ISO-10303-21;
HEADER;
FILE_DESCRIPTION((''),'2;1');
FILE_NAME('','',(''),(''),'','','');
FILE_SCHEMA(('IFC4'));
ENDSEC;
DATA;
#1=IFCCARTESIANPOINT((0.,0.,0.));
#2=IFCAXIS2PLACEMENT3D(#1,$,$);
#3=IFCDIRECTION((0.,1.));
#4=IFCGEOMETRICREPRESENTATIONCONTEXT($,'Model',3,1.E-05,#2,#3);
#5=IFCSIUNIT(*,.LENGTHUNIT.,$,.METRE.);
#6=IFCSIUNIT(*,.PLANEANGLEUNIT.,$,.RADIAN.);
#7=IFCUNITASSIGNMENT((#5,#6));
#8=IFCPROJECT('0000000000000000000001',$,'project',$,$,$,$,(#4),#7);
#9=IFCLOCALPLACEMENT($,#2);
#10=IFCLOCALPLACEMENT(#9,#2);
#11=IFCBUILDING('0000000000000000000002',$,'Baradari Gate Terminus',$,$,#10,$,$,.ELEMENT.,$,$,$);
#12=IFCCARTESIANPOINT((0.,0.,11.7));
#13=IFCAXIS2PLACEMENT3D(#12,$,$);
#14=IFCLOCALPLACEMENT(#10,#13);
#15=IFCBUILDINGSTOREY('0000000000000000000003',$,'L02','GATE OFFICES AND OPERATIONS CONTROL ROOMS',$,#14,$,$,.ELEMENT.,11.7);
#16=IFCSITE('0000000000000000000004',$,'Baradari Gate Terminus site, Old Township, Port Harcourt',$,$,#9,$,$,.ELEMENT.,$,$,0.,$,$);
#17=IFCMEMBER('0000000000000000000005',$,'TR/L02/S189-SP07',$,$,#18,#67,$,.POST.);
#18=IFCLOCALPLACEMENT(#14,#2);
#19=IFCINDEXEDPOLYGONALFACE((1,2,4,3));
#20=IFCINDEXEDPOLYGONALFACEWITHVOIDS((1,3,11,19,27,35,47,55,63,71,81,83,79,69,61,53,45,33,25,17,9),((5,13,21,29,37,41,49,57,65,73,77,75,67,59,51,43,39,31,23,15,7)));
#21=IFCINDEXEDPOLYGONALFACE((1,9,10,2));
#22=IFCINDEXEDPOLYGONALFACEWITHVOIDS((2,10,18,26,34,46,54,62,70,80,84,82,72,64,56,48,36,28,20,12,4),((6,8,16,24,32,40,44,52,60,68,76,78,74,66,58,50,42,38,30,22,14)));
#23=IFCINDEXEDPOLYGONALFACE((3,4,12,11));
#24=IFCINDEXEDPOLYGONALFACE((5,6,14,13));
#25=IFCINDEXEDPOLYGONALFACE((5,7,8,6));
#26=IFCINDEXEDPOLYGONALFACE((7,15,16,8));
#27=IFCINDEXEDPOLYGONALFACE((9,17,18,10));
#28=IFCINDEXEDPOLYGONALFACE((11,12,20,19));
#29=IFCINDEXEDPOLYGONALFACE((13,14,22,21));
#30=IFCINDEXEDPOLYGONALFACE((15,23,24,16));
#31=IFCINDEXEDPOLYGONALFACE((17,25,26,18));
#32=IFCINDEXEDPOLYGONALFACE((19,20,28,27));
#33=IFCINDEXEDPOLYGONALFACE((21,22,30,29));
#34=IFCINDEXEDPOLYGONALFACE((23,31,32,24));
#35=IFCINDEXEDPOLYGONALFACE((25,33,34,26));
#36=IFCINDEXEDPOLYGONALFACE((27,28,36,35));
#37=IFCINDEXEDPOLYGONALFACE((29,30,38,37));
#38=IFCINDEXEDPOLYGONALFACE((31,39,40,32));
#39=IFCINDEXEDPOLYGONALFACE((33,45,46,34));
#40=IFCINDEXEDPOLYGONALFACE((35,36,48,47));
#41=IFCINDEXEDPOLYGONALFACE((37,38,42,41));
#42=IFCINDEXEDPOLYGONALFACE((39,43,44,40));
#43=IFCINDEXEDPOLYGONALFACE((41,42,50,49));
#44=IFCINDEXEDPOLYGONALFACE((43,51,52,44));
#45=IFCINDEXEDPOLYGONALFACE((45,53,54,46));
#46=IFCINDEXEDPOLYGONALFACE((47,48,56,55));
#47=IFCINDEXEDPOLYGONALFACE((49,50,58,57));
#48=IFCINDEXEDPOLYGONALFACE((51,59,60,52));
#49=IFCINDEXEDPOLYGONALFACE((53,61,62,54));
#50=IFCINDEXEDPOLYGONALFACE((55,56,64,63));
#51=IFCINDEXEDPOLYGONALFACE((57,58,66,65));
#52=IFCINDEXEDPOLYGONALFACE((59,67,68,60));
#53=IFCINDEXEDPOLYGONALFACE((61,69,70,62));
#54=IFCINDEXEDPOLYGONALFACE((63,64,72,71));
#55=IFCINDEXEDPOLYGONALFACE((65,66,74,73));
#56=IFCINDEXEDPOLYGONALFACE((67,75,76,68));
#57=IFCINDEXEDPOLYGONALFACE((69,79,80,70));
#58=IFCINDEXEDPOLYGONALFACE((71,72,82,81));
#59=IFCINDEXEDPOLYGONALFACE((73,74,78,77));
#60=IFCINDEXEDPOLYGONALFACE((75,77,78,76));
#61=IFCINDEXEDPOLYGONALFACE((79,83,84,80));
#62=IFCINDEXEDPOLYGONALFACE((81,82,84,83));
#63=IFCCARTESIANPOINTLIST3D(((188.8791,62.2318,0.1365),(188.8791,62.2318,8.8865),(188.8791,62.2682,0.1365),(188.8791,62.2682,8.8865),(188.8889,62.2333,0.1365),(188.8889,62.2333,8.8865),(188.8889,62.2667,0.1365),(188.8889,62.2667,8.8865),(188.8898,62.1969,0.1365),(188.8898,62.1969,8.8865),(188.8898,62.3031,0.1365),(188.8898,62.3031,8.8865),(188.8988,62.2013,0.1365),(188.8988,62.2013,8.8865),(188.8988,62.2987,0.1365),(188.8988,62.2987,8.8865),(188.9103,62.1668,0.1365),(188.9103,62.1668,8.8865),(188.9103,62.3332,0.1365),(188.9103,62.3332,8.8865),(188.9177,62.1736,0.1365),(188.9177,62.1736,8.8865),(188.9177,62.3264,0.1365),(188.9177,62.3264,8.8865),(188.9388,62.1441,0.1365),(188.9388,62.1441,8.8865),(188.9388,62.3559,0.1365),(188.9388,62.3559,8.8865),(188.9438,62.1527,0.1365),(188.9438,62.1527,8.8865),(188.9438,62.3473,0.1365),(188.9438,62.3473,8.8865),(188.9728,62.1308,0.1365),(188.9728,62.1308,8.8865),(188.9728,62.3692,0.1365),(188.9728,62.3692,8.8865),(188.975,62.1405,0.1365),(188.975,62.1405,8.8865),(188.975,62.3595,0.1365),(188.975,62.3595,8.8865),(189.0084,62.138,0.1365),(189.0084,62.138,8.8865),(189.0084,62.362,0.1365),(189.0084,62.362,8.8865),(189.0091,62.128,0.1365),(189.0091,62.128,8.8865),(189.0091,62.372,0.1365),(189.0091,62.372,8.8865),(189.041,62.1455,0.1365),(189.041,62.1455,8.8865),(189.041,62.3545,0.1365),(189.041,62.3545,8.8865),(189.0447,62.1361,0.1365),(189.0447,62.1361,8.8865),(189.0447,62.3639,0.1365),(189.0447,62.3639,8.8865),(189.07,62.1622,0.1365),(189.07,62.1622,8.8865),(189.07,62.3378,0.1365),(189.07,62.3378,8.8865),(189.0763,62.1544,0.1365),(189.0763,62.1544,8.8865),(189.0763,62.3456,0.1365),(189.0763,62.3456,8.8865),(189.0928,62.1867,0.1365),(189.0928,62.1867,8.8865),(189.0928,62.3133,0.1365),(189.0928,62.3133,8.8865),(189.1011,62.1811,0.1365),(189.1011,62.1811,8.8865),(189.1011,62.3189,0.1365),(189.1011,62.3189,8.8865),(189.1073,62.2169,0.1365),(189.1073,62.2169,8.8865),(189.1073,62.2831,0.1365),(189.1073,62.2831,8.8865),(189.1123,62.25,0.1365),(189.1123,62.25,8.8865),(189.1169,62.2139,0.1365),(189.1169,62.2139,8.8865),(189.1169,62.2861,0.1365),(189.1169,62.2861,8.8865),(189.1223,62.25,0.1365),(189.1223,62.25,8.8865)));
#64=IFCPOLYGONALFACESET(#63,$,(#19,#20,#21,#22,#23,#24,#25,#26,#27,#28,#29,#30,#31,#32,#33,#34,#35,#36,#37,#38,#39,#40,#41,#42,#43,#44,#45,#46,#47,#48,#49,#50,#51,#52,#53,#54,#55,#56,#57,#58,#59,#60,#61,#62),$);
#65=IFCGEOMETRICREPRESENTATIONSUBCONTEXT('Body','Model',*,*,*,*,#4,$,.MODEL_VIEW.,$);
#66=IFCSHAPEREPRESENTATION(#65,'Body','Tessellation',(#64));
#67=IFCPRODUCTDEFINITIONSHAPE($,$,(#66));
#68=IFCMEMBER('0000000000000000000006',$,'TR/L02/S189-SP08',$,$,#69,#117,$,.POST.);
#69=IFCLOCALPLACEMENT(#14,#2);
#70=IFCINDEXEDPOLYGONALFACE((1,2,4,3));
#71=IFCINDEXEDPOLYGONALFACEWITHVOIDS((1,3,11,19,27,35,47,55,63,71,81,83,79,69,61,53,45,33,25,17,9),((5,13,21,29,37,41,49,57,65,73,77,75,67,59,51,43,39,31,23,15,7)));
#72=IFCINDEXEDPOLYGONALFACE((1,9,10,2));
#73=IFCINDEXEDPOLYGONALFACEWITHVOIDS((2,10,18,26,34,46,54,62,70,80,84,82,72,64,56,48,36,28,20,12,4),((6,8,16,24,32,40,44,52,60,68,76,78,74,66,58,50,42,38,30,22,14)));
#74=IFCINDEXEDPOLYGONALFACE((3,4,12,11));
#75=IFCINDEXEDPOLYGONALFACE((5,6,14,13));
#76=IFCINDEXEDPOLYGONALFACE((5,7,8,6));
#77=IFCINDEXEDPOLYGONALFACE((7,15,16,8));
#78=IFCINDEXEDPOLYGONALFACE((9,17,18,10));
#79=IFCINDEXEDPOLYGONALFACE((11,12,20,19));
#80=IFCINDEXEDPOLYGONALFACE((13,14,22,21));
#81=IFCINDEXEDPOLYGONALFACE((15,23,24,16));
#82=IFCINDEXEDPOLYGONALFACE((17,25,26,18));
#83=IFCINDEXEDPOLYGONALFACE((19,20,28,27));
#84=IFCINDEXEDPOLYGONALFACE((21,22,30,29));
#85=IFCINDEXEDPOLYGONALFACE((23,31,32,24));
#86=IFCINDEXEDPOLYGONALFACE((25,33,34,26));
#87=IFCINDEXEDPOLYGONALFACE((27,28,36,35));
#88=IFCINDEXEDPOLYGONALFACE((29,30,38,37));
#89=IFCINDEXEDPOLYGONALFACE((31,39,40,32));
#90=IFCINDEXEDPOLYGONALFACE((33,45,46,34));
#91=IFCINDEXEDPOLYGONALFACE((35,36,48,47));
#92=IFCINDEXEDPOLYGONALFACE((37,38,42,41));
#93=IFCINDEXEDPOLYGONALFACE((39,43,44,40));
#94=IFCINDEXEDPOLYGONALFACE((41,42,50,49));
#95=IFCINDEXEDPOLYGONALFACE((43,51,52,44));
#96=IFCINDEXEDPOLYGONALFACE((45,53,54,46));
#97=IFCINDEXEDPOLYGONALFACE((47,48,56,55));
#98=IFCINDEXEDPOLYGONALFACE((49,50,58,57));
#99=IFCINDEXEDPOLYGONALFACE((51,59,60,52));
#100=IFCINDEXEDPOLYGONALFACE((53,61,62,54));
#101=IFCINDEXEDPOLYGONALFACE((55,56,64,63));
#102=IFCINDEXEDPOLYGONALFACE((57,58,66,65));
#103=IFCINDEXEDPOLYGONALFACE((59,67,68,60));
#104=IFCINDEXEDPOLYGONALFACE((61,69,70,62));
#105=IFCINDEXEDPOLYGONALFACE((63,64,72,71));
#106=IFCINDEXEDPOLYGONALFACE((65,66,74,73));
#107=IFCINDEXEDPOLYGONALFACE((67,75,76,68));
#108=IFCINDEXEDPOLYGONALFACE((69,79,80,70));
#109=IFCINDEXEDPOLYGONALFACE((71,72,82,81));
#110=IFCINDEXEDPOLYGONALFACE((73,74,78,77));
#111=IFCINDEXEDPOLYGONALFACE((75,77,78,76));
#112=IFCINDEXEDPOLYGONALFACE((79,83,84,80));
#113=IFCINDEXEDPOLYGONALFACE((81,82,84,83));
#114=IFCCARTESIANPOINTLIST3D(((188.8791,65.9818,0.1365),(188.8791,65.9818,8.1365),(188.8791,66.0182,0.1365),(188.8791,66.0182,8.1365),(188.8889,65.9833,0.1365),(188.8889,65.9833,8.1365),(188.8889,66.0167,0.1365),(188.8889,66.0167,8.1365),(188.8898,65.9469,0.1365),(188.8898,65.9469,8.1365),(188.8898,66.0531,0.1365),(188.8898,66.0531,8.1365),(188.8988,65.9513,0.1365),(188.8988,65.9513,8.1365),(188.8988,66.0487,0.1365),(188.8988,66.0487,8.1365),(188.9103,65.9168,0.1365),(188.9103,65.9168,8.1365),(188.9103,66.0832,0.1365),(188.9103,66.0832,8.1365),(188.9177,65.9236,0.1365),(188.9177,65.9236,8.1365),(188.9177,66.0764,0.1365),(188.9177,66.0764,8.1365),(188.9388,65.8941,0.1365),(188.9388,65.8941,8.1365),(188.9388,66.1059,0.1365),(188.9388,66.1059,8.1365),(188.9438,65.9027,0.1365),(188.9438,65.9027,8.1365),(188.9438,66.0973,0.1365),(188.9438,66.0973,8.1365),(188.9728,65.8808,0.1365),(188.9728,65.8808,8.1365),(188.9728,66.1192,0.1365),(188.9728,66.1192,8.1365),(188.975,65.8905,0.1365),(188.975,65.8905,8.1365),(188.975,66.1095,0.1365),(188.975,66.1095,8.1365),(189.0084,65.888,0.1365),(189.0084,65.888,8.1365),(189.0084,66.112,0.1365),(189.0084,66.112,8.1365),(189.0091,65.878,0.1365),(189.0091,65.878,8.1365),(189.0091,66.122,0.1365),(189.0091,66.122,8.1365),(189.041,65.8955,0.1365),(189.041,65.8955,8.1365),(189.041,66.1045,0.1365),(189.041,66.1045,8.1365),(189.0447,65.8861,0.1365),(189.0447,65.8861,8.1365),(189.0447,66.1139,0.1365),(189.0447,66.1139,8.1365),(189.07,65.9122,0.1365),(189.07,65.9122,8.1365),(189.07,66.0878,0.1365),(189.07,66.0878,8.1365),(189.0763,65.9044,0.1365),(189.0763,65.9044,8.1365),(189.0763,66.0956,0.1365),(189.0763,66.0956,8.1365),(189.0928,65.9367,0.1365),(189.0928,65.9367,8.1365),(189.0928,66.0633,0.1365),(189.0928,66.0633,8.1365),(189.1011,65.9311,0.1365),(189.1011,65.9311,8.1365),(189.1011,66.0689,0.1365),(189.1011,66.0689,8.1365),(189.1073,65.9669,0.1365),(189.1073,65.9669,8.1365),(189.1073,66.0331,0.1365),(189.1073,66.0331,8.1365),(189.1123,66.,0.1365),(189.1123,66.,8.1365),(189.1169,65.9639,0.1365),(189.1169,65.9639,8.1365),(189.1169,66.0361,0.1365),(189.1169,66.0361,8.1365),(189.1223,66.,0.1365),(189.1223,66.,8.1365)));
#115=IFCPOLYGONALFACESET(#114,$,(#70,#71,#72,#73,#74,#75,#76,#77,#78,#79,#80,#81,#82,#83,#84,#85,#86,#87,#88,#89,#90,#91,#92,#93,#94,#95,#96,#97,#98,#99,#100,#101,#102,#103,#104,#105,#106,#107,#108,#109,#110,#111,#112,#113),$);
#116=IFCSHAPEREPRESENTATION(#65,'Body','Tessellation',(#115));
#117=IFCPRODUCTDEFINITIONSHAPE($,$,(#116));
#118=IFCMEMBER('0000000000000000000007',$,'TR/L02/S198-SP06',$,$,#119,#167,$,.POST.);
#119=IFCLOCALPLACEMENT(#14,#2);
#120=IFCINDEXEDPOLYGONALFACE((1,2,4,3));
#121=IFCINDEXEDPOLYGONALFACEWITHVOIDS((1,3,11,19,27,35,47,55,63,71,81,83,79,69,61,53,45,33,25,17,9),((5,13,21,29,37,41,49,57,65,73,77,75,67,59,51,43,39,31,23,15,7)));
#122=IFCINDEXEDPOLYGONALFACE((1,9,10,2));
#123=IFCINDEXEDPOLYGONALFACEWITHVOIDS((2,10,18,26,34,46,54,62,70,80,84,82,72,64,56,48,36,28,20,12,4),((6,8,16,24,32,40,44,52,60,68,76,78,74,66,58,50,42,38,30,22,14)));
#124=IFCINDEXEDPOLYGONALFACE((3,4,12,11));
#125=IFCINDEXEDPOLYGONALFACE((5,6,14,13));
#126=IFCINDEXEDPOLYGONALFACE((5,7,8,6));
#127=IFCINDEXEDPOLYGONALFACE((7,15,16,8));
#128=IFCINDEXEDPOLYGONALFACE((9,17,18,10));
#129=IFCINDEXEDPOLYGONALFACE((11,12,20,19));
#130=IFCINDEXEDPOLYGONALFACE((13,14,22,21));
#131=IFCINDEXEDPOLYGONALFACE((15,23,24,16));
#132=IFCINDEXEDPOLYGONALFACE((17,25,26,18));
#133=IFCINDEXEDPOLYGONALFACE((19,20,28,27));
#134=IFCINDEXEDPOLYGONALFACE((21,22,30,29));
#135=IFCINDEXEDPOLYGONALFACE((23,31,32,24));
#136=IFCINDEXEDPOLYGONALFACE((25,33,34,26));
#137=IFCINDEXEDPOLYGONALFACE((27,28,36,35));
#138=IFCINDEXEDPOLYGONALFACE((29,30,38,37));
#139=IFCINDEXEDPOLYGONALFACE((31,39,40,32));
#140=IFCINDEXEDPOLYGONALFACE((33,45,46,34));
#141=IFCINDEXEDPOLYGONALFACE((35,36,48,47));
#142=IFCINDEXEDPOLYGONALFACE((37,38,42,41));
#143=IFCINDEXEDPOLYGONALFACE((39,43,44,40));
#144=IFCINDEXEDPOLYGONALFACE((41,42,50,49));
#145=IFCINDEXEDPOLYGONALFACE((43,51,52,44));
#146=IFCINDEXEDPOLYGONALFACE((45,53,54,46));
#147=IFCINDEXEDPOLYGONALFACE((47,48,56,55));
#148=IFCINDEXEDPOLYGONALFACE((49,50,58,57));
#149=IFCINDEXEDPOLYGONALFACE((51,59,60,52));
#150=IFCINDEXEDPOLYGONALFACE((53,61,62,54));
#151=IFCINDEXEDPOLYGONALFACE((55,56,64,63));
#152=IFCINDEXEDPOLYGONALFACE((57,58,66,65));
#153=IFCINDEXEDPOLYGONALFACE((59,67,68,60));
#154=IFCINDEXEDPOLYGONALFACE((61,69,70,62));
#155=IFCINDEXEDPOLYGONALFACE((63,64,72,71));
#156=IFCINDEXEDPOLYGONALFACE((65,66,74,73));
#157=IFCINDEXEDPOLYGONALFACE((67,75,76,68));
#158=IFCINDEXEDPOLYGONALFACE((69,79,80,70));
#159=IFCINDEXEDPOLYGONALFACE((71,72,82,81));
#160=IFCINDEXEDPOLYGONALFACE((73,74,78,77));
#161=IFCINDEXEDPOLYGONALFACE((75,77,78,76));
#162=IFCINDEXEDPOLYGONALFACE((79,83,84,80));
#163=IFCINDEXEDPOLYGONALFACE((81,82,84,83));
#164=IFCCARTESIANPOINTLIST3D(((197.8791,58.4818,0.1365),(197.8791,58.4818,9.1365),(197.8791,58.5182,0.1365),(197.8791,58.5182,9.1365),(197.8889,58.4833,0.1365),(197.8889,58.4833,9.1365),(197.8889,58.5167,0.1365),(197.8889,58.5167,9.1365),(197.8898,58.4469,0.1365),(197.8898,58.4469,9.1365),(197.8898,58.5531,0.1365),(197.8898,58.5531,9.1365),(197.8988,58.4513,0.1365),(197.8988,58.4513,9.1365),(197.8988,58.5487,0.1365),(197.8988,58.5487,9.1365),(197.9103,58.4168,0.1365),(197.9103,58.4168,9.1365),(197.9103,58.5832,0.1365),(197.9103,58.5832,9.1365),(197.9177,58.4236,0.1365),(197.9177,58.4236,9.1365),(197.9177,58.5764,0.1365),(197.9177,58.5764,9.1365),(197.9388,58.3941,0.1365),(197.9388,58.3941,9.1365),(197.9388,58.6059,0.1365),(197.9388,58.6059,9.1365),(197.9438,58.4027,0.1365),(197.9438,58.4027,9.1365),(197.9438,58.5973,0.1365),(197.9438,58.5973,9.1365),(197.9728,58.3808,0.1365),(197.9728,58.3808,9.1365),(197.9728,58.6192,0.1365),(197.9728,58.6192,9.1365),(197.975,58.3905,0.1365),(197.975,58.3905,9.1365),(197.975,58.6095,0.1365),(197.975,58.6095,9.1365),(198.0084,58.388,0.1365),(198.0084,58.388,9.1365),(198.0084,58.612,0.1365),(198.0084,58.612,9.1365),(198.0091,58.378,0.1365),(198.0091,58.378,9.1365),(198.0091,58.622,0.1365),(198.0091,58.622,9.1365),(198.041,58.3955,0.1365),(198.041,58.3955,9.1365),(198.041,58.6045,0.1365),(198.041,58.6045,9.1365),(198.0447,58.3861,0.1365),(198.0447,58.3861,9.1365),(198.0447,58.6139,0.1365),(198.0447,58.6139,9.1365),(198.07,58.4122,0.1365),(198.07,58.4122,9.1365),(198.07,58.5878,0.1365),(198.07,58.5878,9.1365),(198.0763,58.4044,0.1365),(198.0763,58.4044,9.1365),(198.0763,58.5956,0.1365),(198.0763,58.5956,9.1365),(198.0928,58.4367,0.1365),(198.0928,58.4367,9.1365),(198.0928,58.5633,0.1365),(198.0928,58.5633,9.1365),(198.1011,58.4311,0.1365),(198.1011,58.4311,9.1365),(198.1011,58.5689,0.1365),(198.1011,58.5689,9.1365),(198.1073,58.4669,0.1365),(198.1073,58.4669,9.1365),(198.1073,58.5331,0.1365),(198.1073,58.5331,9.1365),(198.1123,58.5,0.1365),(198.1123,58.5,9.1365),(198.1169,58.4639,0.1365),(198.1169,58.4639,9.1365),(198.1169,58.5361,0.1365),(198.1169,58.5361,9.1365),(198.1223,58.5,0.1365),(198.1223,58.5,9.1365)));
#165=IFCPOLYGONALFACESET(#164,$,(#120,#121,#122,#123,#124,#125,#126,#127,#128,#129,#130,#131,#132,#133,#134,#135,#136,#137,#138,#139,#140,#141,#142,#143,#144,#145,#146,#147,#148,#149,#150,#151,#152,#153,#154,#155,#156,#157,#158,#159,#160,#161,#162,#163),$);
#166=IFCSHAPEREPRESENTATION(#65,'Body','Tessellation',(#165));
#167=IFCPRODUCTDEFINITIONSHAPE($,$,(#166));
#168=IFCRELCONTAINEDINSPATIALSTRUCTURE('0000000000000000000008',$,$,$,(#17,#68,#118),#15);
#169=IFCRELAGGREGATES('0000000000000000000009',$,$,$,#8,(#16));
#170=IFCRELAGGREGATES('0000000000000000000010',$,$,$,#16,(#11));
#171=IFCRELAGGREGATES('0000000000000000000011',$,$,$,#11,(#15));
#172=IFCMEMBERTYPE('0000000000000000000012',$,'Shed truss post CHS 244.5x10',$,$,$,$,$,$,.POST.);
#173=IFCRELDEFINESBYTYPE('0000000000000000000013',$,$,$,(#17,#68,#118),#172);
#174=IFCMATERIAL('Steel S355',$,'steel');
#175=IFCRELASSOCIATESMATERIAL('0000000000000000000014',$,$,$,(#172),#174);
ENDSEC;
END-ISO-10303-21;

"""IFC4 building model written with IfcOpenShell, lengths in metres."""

from ifc_helpers import new_model, si_unit, direction, frame, origin, origin_2d, place, context, subcontext, project, spatial, hollow_circle, extrude, material, material_profile, profile_set, type_object, element, save


model = new_model("IFC4")

# Units and contexts
model_context = context("Model", 3, precision=1e-05, world=origin(), true_north=direction((0.0, 1.0)))
body_context = subcontext(model_context, "Body", "Model", "MODEL_VIEW")
ifc_project = project(units=[si_unit("LENGTHUNIT", "METRE"), si_unit("PLANEANGLEUNIT", "RADIAN")], contexts=[model_context])

# Site, building, storey
site_placement = place(None, origin())
site = spatial("IfcSite", under=ifc_project, at=site_placement, Name="Baradari Gate Terminus site, Old Township, Port Harcourt", CompositionType="ELEMENT", RefElevation=0.0)
building_placement = place(site_placement, origin())
building = spatial("IfcBuilding", under=site, at=building_placement, Name="Baradari Gate Terminus", CompositionType="ELEMENT")
storey_placement = place(building_placement, frame((0.0, 0.0, 11.7)))
storey = spatial("IfcBuildingStorey", under=building, at=storey_placement, Name="L02", Description="GATE OFFICES AND OPERATIONS CONTROL ROOMS", CompositionType="ELEMENT", Elevation=11.7)

# Members
ifc_material_1 = material(Name="Steel S355", Category="steel")
ifc_material_profile_1 = material_profile(ifc_material_1, hollow_circle(Radius=0.1223, WallThickness=0.01, at=origin_2d()), Name="CHS 244.5x10")
ifc_profile_set_1 = profile_set([ifc_material_profile_1], Name="Steel S355")
member_type_1 = type_object("IfcMemberType", Name="Shed truss post CHS 244.5x10", PredefinedType="POST", material=ifc_profile_set_1)
member_1_placement = place(storey_placement, frame((189.0, 62.25, 0.1365), z_axis=(0.0, 0.0, 1.0), x_axis=(1.0, 0.0, 0.0)))
element("IfcMember", 1, at=member_1_placement, inside=storey, type_object=member_type_1, Name="TR/L02/S189-SP07", PredefinedType="POST", context=body_context, shape_type="SweptSolid", body=[
    extrude(hollow_circle(Radius=0.1223, WallThickness=0.01, at=origin_2d()), origin(), (0.0, 0.0, 1.0), 8.75),
])
member_2_placement = place(storey_placement, frame((189.0, 66.0, 0.1365), z_axis=(0.0, 0.0, 1.0), x_axis=(1.0, 0.0, 0.0)))
element("IfcMember", 2, at=member_2_placement, inside=storey, type_object=member_type_1, Name="TR/L02/S189-SP08", PredefinedType="POST", context=body_context, shape_type="SweptSolid", body=[
    extrude(hollow_circle(Radius=0.1223, WallThickness=0.01, at=origin_2d()), origin(), (0.0, 0.0, 1.0), 8.0),
])
member_3_placement = place(storey_placement, frame((198.0, 58.5, 0.1365), z_axis=(0.0, 0.0, 1.0), x_axis=(1.0, 0.0, 0.0)))
element("IfcMember", 3, at=member_3_placement, inside=storey, type_object=member_type_1, Name="TR/L02/S198-SP06", PredefinedType="POST", context=body_context, shape_type="SweptSolid", body=[
    extrude(hollow_circle(Radius=0.1223, WallThickness=0.01, at=origin_2d()), origin(), (0.0, 0.0, 1.0), 9.0),
])

save(model, "model.ifc")
